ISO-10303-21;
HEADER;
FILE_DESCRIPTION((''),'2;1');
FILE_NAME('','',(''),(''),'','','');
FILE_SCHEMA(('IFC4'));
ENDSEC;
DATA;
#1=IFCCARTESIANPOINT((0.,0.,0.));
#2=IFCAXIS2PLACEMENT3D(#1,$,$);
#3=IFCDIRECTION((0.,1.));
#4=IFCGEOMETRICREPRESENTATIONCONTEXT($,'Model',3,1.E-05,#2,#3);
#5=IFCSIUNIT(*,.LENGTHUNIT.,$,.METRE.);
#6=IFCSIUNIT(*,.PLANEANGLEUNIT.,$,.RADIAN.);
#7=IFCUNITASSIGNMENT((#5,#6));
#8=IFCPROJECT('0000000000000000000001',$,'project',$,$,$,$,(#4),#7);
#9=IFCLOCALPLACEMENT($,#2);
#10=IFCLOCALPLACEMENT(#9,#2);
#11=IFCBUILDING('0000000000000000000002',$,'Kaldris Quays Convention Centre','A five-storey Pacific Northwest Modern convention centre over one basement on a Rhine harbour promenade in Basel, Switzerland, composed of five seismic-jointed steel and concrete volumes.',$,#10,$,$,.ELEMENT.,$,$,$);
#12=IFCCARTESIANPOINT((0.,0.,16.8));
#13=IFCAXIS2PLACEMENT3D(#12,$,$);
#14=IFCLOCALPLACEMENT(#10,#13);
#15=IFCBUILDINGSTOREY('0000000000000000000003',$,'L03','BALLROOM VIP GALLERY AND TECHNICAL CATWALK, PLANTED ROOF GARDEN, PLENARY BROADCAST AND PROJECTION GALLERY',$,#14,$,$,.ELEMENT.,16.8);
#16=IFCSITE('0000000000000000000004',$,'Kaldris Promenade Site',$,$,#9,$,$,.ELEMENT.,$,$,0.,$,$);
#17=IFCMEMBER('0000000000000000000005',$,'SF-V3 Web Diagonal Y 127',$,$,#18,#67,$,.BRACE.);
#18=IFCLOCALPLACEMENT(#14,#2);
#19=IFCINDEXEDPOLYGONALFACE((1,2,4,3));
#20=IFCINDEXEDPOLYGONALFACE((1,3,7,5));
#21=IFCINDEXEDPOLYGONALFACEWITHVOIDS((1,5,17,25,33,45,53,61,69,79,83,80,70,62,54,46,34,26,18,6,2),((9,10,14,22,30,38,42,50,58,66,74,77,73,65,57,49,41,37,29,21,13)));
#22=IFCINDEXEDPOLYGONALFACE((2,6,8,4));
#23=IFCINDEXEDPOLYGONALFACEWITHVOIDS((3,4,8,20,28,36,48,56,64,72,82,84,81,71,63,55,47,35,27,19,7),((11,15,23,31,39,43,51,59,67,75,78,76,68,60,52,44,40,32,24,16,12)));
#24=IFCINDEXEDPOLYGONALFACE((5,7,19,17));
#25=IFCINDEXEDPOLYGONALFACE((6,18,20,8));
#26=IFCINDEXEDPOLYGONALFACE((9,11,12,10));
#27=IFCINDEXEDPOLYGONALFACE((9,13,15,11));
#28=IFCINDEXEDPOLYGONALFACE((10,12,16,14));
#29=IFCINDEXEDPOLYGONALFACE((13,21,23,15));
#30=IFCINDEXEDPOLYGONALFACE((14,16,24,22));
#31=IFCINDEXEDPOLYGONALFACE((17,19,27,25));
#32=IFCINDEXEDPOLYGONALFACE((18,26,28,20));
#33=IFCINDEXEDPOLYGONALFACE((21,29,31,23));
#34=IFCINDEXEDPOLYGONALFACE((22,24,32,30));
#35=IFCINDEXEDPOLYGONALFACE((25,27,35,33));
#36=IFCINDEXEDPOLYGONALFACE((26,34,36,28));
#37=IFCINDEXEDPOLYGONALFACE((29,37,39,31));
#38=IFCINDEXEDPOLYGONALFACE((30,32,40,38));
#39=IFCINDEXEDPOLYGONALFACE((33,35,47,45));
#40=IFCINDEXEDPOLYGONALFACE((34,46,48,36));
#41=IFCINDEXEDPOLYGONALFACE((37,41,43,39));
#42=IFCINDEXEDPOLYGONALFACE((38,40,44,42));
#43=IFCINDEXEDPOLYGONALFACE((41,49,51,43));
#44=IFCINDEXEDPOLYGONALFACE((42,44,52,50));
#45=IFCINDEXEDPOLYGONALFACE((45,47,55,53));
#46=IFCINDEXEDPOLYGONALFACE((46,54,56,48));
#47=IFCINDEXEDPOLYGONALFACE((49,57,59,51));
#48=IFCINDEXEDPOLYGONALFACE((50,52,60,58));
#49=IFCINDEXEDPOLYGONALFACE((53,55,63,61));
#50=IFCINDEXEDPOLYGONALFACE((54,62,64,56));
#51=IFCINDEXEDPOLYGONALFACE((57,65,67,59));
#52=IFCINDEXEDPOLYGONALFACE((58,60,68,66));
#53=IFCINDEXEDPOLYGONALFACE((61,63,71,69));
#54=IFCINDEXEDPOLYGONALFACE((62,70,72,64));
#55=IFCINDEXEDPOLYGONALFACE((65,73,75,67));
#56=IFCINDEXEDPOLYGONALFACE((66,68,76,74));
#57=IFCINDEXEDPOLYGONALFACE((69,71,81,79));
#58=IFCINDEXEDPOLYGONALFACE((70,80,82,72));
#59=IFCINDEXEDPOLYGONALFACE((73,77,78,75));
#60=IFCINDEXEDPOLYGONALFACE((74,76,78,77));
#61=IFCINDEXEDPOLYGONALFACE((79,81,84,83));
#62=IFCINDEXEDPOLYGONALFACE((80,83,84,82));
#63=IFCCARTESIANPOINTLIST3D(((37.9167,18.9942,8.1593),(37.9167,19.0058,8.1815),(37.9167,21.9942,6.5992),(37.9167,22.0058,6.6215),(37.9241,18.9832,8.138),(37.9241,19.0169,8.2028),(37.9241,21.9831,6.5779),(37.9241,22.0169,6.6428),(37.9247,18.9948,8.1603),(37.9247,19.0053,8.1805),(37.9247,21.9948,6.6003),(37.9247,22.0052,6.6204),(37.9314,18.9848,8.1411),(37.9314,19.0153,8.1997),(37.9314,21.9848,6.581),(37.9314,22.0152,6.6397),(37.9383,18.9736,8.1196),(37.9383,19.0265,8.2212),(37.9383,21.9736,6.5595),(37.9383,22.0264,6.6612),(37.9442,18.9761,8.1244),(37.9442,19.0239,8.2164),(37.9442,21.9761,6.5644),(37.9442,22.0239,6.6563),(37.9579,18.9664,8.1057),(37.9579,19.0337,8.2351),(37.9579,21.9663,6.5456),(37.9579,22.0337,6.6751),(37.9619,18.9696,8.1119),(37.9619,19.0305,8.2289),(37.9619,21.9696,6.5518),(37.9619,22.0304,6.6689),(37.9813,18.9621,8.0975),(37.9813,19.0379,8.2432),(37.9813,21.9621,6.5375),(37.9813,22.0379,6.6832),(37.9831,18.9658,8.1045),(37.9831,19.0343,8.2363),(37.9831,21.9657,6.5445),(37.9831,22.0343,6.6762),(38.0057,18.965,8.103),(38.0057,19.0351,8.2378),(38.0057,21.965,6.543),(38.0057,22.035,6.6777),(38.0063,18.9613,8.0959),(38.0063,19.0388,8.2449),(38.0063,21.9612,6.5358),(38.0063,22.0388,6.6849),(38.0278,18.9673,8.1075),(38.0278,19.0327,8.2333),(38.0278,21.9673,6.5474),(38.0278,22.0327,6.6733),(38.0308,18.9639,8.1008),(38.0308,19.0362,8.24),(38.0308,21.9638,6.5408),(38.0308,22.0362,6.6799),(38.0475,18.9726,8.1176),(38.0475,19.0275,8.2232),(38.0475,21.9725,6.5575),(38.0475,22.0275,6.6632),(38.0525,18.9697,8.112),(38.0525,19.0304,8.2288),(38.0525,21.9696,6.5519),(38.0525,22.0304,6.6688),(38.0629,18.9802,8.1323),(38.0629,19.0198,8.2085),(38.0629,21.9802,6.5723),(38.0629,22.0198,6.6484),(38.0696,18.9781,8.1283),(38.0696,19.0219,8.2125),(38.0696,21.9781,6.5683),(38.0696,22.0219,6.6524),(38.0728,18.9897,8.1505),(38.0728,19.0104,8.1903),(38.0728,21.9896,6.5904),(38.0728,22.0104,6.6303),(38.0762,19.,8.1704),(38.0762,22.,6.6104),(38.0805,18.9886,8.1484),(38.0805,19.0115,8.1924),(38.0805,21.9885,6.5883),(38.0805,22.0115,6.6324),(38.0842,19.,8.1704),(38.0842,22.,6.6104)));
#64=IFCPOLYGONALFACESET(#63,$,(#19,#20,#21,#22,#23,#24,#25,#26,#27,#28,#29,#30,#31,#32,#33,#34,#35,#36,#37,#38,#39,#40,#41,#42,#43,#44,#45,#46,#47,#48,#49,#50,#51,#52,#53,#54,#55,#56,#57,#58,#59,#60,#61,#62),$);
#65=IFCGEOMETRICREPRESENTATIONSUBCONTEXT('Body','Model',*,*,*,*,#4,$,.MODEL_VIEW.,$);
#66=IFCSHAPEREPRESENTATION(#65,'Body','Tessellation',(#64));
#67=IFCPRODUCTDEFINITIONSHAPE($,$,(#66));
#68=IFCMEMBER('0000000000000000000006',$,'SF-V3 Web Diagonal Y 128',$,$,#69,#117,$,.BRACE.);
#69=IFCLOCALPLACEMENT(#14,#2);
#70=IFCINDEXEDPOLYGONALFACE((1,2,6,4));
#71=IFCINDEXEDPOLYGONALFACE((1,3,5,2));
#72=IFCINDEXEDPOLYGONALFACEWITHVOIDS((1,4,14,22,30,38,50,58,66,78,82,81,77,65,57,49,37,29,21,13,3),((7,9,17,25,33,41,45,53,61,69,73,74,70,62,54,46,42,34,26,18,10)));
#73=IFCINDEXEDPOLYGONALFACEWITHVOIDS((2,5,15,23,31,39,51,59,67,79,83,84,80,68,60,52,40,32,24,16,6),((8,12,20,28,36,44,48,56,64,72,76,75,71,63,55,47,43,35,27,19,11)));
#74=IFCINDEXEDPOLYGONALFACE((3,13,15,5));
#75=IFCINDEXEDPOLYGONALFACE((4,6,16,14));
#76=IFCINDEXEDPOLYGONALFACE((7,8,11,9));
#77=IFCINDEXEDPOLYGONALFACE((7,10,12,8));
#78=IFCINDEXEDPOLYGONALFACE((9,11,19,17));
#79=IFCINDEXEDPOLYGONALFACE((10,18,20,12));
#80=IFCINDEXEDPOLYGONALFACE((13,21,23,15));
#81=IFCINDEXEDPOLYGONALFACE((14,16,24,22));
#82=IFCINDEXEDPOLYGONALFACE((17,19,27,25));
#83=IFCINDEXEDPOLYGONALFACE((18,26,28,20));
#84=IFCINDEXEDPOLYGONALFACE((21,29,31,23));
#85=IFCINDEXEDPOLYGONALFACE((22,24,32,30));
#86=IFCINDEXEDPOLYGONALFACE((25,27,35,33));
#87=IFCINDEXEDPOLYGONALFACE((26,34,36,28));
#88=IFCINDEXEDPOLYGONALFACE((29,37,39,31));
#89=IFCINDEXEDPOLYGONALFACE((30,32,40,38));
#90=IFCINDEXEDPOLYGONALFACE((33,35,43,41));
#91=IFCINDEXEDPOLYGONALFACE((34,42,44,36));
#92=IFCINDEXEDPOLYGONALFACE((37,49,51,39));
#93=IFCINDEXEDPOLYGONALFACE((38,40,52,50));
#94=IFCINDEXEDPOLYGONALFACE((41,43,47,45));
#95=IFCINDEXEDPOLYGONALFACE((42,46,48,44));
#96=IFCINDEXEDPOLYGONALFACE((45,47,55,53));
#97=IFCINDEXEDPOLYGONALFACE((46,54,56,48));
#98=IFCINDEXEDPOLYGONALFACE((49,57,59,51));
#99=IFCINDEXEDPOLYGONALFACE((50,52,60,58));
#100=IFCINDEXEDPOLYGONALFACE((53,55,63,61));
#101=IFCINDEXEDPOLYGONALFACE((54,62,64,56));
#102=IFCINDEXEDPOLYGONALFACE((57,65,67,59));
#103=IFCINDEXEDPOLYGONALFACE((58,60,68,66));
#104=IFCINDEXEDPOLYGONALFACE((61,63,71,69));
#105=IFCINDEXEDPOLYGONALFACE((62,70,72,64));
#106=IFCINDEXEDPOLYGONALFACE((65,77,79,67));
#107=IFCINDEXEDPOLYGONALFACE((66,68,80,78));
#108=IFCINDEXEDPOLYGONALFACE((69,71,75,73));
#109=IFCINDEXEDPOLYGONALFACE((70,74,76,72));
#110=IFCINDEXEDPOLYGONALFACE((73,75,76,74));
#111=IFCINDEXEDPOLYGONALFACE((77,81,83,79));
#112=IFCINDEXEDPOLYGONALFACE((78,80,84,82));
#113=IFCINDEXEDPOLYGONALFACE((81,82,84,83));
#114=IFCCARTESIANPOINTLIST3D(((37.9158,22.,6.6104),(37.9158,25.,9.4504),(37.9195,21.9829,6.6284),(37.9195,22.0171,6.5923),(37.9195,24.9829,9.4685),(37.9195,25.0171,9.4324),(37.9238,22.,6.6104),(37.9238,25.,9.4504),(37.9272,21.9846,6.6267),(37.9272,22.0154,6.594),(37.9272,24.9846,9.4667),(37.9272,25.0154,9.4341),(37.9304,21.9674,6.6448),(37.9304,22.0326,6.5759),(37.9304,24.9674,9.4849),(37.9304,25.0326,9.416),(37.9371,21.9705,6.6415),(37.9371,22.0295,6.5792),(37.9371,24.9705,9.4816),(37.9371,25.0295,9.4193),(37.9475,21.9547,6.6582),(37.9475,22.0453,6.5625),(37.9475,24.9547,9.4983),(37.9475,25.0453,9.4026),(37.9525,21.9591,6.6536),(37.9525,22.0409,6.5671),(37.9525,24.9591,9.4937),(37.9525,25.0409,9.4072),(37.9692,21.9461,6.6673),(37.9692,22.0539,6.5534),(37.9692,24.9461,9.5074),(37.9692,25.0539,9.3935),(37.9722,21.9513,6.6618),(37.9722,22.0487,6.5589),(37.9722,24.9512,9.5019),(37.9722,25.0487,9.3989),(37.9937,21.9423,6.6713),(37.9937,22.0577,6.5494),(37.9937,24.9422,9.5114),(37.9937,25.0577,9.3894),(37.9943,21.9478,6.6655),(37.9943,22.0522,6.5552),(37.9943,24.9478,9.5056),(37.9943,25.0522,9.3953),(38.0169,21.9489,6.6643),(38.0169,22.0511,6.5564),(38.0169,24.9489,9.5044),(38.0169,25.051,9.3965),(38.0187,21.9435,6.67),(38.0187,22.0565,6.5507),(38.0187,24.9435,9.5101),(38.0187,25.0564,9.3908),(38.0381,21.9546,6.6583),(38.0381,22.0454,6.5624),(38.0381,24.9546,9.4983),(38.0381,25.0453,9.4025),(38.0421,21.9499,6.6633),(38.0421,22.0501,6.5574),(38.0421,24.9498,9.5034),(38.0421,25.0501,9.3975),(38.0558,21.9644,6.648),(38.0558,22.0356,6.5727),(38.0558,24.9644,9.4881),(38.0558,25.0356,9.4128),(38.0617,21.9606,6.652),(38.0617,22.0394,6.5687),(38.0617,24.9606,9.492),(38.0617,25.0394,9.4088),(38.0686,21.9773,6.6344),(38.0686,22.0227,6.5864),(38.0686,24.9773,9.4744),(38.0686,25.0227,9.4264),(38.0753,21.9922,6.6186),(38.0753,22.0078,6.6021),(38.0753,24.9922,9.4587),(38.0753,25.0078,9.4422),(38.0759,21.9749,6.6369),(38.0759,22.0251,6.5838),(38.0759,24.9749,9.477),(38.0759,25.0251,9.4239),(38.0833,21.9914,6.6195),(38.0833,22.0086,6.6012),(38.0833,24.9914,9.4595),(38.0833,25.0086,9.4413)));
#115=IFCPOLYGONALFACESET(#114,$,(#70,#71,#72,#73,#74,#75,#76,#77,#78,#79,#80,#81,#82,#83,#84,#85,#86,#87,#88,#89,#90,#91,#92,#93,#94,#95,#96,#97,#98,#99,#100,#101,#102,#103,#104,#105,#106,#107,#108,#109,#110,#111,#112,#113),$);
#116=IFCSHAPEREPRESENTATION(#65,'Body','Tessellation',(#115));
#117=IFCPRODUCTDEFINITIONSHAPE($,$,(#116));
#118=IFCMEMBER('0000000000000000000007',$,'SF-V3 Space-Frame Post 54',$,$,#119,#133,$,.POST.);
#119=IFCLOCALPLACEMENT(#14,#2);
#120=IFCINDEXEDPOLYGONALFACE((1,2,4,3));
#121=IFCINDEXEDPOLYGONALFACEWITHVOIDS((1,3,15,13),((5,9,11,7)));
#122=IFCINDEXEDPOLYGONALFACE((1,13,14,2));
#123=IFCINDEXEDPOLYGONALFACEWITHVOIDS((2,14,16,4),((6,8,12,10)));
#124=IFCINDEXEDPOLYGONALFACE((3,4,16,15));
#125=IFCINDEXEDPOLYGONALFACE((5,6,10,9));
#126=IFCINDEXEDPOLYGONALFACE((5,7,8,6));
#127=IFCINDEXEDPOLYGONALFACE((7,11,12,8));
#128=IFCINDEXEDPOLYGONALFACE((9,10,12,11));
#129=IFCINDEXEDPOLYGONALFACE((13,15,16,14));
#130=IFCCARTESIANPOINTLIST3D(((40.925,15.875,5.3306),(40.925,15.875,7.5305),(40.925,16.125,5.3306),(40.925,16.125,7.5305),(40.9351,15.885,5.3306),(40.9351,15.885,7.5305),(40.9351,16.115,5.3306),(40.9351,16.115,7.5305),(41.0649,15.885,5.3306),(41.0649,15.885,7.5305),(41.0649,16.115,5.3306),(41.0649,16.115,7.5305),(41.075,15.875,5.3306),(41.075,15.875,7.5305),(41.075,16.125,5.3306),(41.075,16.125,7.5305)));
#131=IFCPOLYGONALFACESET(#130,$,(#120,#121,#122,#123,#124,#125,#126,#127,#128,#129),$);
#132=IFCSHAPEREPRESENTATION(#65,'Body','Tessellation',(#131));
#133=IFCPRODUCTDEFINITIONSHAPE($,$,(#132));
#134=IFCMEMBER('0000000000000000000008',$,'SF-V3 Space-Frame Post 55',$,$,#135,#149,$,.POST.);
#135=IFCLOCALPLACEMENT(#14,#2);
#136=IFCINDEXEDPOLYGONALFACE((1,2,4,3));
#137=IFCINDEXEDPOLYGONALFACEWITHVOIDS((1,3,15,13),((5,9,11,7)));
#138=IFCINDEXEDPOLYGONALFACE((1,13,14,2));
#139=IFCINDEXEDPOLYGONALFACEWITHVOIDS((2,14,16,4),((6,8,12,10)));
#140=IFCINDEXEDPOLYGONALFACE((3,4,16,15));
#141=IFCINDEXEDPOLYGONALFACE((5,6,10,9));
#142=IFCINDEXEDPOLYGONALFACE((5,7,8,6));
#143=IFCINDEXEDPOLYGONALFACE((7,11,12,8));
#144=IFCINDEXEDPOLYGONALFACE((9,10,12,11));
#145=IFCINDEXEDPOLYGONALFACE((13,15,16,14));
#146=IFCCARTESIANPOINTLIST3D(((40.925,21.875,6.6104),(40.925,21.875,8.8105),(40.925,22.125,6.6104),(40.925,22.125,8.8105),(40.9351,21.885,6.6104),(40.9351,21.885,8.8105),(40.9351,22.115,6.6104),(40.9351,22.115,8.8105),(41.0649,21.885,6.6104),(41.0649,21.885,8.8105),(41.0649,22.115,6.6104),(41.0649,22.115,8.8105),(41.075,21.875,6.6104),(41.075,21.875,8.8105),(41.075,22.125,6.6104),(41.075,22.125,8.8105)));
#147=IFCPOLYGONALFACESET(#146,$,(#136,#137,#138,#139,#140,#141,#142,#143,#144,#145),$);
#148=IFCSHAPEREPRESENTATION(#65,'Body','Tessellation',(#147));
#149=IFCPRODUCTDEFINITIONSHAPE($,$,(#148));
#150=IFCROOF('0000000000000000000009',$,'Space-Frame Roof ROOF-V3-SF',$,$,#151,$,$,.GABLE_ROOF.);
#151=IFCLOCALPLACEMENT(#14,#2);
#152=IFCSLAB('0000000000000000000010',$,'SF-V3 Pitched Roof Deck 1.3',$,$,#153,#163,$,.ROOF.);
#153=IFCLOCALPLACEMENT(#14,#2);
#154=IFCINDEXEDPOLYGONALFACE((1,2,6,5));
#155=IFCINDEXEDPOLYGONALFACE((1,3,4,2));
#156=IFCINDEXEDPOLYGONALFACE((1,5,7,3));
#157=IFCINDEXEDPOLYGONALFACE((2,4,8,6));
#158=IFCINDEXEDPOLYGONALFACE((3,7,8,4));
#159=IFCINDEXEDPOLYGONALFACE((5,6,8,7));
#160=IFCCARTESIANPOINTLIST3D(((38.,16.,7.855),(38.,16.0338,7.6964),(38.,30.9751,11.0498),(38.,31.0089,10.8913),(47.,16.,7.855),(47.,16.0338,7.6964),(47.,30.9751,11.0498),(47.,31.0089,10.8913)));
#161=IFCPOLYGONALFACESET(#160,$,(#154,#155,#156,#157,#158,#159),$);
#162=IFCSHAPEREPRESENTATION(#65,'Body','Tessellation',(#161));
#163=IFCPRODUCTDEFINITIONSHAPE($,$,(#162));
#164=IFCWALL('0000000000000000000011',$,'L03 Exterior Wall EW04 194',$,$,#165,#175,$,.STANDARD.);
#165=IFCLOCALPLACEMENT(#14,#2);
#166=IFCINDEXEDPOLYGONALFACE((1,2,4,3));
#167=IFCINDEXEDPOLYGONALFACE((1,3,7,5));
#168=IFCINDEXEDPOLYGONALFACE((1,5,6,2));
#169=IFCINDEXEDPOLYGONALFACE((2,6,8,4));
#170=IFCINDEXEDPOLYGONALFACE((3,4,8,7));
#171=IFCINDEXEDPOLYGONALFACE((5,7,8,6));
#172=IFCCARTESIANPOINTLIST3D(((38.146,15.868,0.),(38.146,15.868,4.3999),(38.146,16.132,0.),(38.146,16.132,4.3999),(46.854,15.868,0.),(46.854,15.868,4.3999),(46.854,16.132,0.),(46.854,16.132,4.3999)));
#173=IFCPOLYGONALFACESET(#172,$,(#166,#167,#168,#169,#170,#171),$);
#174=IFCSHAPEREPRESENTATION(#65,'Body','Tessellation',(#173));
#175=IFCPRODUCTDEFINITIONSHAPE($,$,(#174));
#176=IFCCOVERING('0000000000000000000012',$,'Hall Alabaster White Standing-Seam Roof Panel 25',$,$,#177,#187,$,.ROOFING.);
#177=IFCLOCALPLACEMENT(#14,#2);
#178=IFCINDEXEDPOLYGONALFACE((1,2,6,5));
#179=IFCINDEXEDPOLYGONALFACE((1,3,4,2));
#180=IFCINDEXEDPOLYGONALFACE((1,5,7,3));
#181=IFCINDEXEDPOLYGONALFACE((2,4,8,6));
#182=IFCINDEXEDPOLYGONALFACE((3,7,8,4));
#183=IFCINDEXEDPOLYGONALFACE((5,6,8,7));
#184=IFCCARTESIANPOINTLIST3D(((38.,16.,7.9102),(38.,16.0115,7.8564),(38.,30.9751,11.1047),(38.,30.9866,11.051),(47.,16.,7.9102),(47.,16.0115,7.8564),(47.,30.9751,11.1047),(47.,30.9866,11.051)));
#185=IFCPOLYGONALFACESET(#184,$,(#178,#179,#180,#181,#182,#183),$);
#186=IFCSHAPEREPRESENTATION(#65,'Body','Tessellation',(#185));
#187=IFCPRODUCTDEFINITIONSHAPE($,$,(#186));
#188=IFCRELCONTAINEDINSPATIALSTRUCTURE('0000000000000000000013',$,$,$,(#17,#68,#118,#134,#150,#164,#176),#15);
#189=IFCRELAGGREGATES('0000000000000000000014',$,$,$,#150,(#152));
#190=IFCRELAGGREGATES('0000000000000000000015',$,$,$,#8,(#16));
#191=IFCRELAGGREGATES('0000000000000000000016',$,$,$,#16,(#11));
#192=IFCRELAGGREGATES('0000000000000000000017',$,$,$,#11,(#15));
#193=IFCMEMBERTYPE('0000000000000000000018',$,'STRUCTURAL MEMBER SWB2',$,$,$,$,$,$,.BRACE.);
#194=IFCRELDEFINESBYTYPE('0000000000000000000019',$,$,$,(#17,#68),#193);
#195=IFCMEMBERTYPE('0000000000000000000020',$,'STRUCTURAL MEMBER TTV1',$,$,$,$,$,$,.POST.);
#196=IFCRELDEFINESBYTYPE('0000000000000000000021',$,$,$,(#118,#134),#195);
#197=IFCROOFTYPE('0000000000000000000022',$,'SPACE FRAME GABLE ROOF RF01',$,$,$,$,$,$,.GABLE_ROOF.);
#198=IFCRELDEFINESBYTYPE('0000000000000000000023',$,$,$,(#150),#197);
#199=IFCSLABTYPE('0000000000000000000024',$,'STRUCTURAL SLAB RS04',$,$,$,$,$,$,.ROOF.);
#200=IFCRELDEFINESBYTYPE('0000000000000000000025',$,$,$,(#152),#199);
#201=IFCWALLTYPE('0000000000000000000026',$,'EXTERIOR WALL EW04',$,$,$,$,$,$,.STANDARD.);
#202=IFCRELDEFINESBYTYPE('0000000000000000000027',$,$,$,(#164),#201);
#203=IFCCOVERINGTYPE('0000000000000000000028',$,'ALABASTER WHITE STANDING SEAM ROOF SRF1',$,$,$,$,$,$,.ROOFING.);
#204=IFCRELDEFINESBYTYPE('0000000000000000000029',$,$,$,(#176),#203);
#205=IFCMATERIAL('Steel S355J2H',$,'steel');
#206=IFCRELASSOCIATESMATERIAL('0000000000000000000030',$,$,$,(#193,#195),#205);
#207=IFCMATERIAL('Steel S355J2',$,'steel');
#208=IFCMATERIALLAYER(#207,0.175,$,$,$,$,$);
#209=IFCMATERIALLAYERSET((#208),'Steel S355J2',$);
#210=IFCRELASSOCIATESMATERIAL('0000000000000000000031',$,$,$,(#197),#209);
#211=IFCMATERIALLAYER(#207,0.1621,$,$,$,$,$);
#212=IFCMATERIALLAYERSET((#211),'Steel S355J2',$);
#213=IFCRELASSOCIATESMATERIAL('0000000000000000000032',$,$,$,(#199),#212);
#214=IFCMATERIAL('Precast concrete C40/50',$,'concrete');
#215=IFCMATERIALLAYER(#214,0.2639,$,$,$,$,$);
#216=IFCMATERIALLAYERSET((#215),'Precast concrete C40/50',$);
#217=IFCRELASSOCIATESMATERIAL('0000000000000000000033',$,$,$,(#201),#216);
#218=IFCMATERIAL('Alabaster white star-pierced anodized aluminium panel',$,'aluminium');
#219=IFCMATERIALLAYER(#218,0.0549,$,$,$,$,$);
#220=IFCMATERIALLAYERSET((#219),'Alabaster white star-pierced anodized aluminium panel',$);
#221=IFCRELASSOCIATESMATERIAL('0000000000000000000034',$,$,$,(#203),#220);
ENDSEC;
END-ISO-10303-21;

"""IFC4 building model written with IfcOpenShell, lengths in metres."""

from ifc_helpers import new_model, si_unit, direction, frame, frame_2d, origin, origin_2d, place, context, subcontext, project, spatial, polyline, rectangle, hollow_rectangle, hollow_circle, outline, extrude, material, layer, layer_set, material_profile, profile_set, type_object, element, aggregate, save


model = new_model("IFC4")

# Units and contexts
model_context = context("Model", 3, precision=1e-05, world=origin(), true_north=direction((0.0, 1.0)))
body_context = subcontext(model_context, "Body", "Model", "MODEL_VIEW")
ifc_project = project(units=[si_unit("LENGTHUNIT", "METRE"), si_unit("PLANEANGLEUNIT", "RADIAN")], contexts=[model_context])

# Site, building, storey
site_placement = place(None, origin())
site = spatial("IfcSite", under=ifc_project, at=site_placement, Name="Kaldris Promenade Site", CompositionType="ELEMENT", RefElevation=0.0)
building_placement = place(site_placement, origin())
building = spatial("IfcBuilding", under=site, at=building_placement, Name="Kaldris Quays Convention Centre", Description="A five-storey Pacific Northwest Modern convention centre over one basement on a Rhine harbour promenade in Basel, Switzerland, composed of five seismic-jointed steel and concrete volumes.", CompositionType="ELEMENT")
storey_placement = place(building_placement, frame((0.0, 0.0, 16.8)))
storey = spatial("IfcBuildingStorey", under=building, at=storey_placement, Name="L03", Description="BALLROOM VIP GALLERY AND TECHNICAL CATWALK, PLANTED ROOF GARDEN, PLENARY BROADCAST AND PROJECTION GALLERY", CompositionType="ELEMENT", Elevation=16.8)

# Members
ifc_material_1 = material(Name="Steel S355J2H", Category="steel")
ifc_material_profile_1 = material_profile(ifc_material_1, hollow_circle(Radius=0.0842, WallThickness=0.0081, at=origin_2d()), Name="CHS 168.3x8")
ifc_profile_set_1 = profile_set([ifc_material_profile_1], Name="Steel S355J2H")
member_type_1 = type_object("IfcMemberType", Name="STRUCTURAL MEMBER SWB2", PredefinedType="BRACE", material=ifc_profile_set_1)
member_1_placement = place(storey_placement, frame((38.0, 22.0, 6.6104), z_axis=(0.0, -0.88721, 0.461366), x_axis=(1.0, 0.0, 0.0)))
element("IfcMember", 1, at=member_1_placement, inside=storey, type_object=member_type_1, Name="SF-V3 Web Diagonal Y 127", PredefinedType="BRACE", context=body_context, shape_type="SweptSolid", body=[
    extrude(hollow_circle(Radius=0.0842, WallThickness=0.0081, at=origin_2d()), origin(), (0.0, 0.0, 1.0), 3.3813),
])
member_2_placement = place(storey_placement, frame((38.0, 22.0, 6.6104), z_axis=(0.0, 0.726196, 0.687487), x_axis=(-1.0, 0.0, 0.0)))
element("IfcMember", 2, at=member_2_placement, inside=storey, type_object=member_type_1, Name="SF-V3 Web Diagonal Y 128", PredefinedType="BRACE", context=body_context, shape_type="SweptSolid", body=[
    extrude(hollow_circle(Radius=0.0842, WallThickness=0.0081, at=origin_2d()), origin(), (0.0, 0.0, 1.0), 4.1311),
])
ifc_material_profile_2 = material_profile(ifc_material_1, hollow_rectangle(XDim=0.1499, YDim=0.25, WallThickness=0.01, at=origin_2d()), Name="RHS 250x150x10")
ifc_profile_set_2 = profile_set([ifc_material_profile_2], Name="Steel S355J2H")
member_type_2 = type_object("IfcMemberType", Name="STRUCTURAL MEMBER TTV1", PredefinedType="POST", material=ifc_profile_set_2)
member_3_placement = place(storey_placement, frame((41.0, 16.0, 5.3306), z_axis=(0.0, 0.0, 1.0), x_axis=(1.0, 0.0, 0.0)))
element("IfcMember", 3, at=member_3_placement, inside=storey, type_object=member_type_2, Name="SF-V3 Space-Frame Post 54", PredefinedType="POST", context=body_context, shape_type="SweptSolid", body=[
    extrude(hollow_rectangle(XDim=0.1499, YDim=0.25, WallThickness=0.01, at=origin_2d()), origin(), (0.0, 0.0, 1.0), 2.2),
])
member_4_placement = place(storey_placement, frame((41.0, 22.0, 6.6104), z_axis=(0.0, 0.0, 1.0), x_axis=(1.0, 0.0, 0.0)))
element("IfcMember", 4, at=member_4_placement, inside=storey, type_object=member_type_2, Name="SF-V3 Space-Frame Post 55", PredefinedType="POST", context=body_context, shape_type="SweptSolid", body=[
    extrude(hollow_rectangle(XDim=0.1499, YDim=0.25, WallThickness=0.01, at=origin_2d()), origin(), (0.0, 0.0, 1.0), 2.2002),
])

# Roof, slab
ifc_material_2 = material(Name="Steel S355J2", Category="steel")
ifc_layer_1 = layer(ifc_material_2, 0.175)
ifc_layer_set_1 = layer_set([ifc_layer_1], Name="Steel S355J2")
roof_type = type_object("IfcRoofType", Name="SPACE FRAME GABLE ROOF RF01", PredefinedType="GABLE_ROOF", material=ifc_layer_set_1)
roof_placement = place(storey_placement, origin())
roof = element("IfcRoof", 5, at=roof_placement, inside=storey, type_object=roof_type, Name="Space-Frame Roof ROOF-V3-SF", PredefinedType="GABLE_ROOF")
ifc_layer_2 = layer(ifc_material_2, 0.1621)
ifc_layer_set_2 = layer_set([ifc_layer_2], Name="Steel S355J2")
slab_type = type_object("IfcSlabType", Name="STRUCTURAL SLAB RS04", PredefinedType="ROOF", material=ifc_layer_set_2)
slab_placement = place(storey_placement, frame((38.0, 16.0, 7.855), z_axis=(0.0, -0.208647, 0.977991), x_axis=(1.0, 0.0, 0.0)))
slab = element("IfcSlab", 6, at=slab_placement, type_object=slab_type, Name="SF-V3 Pitched Roof Deck 1.3", PredefinedType="ROOF", context=body_context, shape_type="SweptSolid", body=[
    extrude(outline(polyline([(0.0, 0.0), (9.0, 0.0), (9.0, 15.3121), (0.0, 15.3121), (0.0, 0.0)])), origin(), (0.0, 0.0, -1.0), 0.1621),
])
aggregate(roof, [slab])

# Wall
ifc_material_3 = material(Name="Precast concrete C40/50", Category="concrete")
ifc_layer_3 = layer(ifc_material_3, 0.2639)
ifc_layer_set_3 = layer_set([ifc_layer_3], Name="Precast concrete C40/50")
wall_type = type_object("IfcWallType", Name="EXTERIOR WALL EW04", PredefinedType="STANDARD", material=ifc_layer_set_3)
wall_placement = place(storey_placement, frame((38.146, 16.0, 0.0), z_axis=(0.0, 0.0, 1.0), x_axis=(1.0, 0.0, 0.0)))
element("IfcWall", 7, at=wall_placement, inside=storey, type_object=wall_type, Name="L03 Exterior Wall EW04 194", PredefinedType="STANDARD", context=body_context, shape_type="SweptSolid", body=[
    extrude(rectangle(XDim=8.708, YDim=0.2639, at=frame_2d((4.354, 0.0))), origin(), (0.0, 0.0, 1.0), 4.3999),
])

# Covering
ifc_material_4 = material(Name="Alabaster white star-pierced anodized aluminium panel", Category="aluminium")
ifc_layer_4 = layer(ifc_material_4, 0.0549)
ifc_layer_set_4 = layer_set([ifc_layer_4], Name="Alabaster white star-pierced anodized aluminium panel")
covering_type = type_object("IfcCoveringType", Name="ALABASTER WHITE STANDING SEAM ROOF SRF1", PredefinedType="ROOFING", material=ifc_layer_set_4)
covering_placement = place(storey_placement, frame((38.0, 16.0, 7.9102), z_axis=(0.0, -0.208632, 0.977994), x_axis=(1.0, 0.0, 0.0)))
element("IfcCovering", 8, at=covering_placement, inside=storey, type_object=covering_type, Name="Hall Alabaster White Standing-Seam Roof Panel 25", PredefinedType="ROOFING", context=body_context, shape_type="SweptSolid", body=[
    extrude(outline(polyline([(0.0, 0.0), (9.0, 0.0), (9.0, 15.3121), (0.0, 15.3121), (0.0, 0.0)])), origin(), (0.0, 0.0, -1.0), 0.0549),
])

save(model, "model.ifc")
